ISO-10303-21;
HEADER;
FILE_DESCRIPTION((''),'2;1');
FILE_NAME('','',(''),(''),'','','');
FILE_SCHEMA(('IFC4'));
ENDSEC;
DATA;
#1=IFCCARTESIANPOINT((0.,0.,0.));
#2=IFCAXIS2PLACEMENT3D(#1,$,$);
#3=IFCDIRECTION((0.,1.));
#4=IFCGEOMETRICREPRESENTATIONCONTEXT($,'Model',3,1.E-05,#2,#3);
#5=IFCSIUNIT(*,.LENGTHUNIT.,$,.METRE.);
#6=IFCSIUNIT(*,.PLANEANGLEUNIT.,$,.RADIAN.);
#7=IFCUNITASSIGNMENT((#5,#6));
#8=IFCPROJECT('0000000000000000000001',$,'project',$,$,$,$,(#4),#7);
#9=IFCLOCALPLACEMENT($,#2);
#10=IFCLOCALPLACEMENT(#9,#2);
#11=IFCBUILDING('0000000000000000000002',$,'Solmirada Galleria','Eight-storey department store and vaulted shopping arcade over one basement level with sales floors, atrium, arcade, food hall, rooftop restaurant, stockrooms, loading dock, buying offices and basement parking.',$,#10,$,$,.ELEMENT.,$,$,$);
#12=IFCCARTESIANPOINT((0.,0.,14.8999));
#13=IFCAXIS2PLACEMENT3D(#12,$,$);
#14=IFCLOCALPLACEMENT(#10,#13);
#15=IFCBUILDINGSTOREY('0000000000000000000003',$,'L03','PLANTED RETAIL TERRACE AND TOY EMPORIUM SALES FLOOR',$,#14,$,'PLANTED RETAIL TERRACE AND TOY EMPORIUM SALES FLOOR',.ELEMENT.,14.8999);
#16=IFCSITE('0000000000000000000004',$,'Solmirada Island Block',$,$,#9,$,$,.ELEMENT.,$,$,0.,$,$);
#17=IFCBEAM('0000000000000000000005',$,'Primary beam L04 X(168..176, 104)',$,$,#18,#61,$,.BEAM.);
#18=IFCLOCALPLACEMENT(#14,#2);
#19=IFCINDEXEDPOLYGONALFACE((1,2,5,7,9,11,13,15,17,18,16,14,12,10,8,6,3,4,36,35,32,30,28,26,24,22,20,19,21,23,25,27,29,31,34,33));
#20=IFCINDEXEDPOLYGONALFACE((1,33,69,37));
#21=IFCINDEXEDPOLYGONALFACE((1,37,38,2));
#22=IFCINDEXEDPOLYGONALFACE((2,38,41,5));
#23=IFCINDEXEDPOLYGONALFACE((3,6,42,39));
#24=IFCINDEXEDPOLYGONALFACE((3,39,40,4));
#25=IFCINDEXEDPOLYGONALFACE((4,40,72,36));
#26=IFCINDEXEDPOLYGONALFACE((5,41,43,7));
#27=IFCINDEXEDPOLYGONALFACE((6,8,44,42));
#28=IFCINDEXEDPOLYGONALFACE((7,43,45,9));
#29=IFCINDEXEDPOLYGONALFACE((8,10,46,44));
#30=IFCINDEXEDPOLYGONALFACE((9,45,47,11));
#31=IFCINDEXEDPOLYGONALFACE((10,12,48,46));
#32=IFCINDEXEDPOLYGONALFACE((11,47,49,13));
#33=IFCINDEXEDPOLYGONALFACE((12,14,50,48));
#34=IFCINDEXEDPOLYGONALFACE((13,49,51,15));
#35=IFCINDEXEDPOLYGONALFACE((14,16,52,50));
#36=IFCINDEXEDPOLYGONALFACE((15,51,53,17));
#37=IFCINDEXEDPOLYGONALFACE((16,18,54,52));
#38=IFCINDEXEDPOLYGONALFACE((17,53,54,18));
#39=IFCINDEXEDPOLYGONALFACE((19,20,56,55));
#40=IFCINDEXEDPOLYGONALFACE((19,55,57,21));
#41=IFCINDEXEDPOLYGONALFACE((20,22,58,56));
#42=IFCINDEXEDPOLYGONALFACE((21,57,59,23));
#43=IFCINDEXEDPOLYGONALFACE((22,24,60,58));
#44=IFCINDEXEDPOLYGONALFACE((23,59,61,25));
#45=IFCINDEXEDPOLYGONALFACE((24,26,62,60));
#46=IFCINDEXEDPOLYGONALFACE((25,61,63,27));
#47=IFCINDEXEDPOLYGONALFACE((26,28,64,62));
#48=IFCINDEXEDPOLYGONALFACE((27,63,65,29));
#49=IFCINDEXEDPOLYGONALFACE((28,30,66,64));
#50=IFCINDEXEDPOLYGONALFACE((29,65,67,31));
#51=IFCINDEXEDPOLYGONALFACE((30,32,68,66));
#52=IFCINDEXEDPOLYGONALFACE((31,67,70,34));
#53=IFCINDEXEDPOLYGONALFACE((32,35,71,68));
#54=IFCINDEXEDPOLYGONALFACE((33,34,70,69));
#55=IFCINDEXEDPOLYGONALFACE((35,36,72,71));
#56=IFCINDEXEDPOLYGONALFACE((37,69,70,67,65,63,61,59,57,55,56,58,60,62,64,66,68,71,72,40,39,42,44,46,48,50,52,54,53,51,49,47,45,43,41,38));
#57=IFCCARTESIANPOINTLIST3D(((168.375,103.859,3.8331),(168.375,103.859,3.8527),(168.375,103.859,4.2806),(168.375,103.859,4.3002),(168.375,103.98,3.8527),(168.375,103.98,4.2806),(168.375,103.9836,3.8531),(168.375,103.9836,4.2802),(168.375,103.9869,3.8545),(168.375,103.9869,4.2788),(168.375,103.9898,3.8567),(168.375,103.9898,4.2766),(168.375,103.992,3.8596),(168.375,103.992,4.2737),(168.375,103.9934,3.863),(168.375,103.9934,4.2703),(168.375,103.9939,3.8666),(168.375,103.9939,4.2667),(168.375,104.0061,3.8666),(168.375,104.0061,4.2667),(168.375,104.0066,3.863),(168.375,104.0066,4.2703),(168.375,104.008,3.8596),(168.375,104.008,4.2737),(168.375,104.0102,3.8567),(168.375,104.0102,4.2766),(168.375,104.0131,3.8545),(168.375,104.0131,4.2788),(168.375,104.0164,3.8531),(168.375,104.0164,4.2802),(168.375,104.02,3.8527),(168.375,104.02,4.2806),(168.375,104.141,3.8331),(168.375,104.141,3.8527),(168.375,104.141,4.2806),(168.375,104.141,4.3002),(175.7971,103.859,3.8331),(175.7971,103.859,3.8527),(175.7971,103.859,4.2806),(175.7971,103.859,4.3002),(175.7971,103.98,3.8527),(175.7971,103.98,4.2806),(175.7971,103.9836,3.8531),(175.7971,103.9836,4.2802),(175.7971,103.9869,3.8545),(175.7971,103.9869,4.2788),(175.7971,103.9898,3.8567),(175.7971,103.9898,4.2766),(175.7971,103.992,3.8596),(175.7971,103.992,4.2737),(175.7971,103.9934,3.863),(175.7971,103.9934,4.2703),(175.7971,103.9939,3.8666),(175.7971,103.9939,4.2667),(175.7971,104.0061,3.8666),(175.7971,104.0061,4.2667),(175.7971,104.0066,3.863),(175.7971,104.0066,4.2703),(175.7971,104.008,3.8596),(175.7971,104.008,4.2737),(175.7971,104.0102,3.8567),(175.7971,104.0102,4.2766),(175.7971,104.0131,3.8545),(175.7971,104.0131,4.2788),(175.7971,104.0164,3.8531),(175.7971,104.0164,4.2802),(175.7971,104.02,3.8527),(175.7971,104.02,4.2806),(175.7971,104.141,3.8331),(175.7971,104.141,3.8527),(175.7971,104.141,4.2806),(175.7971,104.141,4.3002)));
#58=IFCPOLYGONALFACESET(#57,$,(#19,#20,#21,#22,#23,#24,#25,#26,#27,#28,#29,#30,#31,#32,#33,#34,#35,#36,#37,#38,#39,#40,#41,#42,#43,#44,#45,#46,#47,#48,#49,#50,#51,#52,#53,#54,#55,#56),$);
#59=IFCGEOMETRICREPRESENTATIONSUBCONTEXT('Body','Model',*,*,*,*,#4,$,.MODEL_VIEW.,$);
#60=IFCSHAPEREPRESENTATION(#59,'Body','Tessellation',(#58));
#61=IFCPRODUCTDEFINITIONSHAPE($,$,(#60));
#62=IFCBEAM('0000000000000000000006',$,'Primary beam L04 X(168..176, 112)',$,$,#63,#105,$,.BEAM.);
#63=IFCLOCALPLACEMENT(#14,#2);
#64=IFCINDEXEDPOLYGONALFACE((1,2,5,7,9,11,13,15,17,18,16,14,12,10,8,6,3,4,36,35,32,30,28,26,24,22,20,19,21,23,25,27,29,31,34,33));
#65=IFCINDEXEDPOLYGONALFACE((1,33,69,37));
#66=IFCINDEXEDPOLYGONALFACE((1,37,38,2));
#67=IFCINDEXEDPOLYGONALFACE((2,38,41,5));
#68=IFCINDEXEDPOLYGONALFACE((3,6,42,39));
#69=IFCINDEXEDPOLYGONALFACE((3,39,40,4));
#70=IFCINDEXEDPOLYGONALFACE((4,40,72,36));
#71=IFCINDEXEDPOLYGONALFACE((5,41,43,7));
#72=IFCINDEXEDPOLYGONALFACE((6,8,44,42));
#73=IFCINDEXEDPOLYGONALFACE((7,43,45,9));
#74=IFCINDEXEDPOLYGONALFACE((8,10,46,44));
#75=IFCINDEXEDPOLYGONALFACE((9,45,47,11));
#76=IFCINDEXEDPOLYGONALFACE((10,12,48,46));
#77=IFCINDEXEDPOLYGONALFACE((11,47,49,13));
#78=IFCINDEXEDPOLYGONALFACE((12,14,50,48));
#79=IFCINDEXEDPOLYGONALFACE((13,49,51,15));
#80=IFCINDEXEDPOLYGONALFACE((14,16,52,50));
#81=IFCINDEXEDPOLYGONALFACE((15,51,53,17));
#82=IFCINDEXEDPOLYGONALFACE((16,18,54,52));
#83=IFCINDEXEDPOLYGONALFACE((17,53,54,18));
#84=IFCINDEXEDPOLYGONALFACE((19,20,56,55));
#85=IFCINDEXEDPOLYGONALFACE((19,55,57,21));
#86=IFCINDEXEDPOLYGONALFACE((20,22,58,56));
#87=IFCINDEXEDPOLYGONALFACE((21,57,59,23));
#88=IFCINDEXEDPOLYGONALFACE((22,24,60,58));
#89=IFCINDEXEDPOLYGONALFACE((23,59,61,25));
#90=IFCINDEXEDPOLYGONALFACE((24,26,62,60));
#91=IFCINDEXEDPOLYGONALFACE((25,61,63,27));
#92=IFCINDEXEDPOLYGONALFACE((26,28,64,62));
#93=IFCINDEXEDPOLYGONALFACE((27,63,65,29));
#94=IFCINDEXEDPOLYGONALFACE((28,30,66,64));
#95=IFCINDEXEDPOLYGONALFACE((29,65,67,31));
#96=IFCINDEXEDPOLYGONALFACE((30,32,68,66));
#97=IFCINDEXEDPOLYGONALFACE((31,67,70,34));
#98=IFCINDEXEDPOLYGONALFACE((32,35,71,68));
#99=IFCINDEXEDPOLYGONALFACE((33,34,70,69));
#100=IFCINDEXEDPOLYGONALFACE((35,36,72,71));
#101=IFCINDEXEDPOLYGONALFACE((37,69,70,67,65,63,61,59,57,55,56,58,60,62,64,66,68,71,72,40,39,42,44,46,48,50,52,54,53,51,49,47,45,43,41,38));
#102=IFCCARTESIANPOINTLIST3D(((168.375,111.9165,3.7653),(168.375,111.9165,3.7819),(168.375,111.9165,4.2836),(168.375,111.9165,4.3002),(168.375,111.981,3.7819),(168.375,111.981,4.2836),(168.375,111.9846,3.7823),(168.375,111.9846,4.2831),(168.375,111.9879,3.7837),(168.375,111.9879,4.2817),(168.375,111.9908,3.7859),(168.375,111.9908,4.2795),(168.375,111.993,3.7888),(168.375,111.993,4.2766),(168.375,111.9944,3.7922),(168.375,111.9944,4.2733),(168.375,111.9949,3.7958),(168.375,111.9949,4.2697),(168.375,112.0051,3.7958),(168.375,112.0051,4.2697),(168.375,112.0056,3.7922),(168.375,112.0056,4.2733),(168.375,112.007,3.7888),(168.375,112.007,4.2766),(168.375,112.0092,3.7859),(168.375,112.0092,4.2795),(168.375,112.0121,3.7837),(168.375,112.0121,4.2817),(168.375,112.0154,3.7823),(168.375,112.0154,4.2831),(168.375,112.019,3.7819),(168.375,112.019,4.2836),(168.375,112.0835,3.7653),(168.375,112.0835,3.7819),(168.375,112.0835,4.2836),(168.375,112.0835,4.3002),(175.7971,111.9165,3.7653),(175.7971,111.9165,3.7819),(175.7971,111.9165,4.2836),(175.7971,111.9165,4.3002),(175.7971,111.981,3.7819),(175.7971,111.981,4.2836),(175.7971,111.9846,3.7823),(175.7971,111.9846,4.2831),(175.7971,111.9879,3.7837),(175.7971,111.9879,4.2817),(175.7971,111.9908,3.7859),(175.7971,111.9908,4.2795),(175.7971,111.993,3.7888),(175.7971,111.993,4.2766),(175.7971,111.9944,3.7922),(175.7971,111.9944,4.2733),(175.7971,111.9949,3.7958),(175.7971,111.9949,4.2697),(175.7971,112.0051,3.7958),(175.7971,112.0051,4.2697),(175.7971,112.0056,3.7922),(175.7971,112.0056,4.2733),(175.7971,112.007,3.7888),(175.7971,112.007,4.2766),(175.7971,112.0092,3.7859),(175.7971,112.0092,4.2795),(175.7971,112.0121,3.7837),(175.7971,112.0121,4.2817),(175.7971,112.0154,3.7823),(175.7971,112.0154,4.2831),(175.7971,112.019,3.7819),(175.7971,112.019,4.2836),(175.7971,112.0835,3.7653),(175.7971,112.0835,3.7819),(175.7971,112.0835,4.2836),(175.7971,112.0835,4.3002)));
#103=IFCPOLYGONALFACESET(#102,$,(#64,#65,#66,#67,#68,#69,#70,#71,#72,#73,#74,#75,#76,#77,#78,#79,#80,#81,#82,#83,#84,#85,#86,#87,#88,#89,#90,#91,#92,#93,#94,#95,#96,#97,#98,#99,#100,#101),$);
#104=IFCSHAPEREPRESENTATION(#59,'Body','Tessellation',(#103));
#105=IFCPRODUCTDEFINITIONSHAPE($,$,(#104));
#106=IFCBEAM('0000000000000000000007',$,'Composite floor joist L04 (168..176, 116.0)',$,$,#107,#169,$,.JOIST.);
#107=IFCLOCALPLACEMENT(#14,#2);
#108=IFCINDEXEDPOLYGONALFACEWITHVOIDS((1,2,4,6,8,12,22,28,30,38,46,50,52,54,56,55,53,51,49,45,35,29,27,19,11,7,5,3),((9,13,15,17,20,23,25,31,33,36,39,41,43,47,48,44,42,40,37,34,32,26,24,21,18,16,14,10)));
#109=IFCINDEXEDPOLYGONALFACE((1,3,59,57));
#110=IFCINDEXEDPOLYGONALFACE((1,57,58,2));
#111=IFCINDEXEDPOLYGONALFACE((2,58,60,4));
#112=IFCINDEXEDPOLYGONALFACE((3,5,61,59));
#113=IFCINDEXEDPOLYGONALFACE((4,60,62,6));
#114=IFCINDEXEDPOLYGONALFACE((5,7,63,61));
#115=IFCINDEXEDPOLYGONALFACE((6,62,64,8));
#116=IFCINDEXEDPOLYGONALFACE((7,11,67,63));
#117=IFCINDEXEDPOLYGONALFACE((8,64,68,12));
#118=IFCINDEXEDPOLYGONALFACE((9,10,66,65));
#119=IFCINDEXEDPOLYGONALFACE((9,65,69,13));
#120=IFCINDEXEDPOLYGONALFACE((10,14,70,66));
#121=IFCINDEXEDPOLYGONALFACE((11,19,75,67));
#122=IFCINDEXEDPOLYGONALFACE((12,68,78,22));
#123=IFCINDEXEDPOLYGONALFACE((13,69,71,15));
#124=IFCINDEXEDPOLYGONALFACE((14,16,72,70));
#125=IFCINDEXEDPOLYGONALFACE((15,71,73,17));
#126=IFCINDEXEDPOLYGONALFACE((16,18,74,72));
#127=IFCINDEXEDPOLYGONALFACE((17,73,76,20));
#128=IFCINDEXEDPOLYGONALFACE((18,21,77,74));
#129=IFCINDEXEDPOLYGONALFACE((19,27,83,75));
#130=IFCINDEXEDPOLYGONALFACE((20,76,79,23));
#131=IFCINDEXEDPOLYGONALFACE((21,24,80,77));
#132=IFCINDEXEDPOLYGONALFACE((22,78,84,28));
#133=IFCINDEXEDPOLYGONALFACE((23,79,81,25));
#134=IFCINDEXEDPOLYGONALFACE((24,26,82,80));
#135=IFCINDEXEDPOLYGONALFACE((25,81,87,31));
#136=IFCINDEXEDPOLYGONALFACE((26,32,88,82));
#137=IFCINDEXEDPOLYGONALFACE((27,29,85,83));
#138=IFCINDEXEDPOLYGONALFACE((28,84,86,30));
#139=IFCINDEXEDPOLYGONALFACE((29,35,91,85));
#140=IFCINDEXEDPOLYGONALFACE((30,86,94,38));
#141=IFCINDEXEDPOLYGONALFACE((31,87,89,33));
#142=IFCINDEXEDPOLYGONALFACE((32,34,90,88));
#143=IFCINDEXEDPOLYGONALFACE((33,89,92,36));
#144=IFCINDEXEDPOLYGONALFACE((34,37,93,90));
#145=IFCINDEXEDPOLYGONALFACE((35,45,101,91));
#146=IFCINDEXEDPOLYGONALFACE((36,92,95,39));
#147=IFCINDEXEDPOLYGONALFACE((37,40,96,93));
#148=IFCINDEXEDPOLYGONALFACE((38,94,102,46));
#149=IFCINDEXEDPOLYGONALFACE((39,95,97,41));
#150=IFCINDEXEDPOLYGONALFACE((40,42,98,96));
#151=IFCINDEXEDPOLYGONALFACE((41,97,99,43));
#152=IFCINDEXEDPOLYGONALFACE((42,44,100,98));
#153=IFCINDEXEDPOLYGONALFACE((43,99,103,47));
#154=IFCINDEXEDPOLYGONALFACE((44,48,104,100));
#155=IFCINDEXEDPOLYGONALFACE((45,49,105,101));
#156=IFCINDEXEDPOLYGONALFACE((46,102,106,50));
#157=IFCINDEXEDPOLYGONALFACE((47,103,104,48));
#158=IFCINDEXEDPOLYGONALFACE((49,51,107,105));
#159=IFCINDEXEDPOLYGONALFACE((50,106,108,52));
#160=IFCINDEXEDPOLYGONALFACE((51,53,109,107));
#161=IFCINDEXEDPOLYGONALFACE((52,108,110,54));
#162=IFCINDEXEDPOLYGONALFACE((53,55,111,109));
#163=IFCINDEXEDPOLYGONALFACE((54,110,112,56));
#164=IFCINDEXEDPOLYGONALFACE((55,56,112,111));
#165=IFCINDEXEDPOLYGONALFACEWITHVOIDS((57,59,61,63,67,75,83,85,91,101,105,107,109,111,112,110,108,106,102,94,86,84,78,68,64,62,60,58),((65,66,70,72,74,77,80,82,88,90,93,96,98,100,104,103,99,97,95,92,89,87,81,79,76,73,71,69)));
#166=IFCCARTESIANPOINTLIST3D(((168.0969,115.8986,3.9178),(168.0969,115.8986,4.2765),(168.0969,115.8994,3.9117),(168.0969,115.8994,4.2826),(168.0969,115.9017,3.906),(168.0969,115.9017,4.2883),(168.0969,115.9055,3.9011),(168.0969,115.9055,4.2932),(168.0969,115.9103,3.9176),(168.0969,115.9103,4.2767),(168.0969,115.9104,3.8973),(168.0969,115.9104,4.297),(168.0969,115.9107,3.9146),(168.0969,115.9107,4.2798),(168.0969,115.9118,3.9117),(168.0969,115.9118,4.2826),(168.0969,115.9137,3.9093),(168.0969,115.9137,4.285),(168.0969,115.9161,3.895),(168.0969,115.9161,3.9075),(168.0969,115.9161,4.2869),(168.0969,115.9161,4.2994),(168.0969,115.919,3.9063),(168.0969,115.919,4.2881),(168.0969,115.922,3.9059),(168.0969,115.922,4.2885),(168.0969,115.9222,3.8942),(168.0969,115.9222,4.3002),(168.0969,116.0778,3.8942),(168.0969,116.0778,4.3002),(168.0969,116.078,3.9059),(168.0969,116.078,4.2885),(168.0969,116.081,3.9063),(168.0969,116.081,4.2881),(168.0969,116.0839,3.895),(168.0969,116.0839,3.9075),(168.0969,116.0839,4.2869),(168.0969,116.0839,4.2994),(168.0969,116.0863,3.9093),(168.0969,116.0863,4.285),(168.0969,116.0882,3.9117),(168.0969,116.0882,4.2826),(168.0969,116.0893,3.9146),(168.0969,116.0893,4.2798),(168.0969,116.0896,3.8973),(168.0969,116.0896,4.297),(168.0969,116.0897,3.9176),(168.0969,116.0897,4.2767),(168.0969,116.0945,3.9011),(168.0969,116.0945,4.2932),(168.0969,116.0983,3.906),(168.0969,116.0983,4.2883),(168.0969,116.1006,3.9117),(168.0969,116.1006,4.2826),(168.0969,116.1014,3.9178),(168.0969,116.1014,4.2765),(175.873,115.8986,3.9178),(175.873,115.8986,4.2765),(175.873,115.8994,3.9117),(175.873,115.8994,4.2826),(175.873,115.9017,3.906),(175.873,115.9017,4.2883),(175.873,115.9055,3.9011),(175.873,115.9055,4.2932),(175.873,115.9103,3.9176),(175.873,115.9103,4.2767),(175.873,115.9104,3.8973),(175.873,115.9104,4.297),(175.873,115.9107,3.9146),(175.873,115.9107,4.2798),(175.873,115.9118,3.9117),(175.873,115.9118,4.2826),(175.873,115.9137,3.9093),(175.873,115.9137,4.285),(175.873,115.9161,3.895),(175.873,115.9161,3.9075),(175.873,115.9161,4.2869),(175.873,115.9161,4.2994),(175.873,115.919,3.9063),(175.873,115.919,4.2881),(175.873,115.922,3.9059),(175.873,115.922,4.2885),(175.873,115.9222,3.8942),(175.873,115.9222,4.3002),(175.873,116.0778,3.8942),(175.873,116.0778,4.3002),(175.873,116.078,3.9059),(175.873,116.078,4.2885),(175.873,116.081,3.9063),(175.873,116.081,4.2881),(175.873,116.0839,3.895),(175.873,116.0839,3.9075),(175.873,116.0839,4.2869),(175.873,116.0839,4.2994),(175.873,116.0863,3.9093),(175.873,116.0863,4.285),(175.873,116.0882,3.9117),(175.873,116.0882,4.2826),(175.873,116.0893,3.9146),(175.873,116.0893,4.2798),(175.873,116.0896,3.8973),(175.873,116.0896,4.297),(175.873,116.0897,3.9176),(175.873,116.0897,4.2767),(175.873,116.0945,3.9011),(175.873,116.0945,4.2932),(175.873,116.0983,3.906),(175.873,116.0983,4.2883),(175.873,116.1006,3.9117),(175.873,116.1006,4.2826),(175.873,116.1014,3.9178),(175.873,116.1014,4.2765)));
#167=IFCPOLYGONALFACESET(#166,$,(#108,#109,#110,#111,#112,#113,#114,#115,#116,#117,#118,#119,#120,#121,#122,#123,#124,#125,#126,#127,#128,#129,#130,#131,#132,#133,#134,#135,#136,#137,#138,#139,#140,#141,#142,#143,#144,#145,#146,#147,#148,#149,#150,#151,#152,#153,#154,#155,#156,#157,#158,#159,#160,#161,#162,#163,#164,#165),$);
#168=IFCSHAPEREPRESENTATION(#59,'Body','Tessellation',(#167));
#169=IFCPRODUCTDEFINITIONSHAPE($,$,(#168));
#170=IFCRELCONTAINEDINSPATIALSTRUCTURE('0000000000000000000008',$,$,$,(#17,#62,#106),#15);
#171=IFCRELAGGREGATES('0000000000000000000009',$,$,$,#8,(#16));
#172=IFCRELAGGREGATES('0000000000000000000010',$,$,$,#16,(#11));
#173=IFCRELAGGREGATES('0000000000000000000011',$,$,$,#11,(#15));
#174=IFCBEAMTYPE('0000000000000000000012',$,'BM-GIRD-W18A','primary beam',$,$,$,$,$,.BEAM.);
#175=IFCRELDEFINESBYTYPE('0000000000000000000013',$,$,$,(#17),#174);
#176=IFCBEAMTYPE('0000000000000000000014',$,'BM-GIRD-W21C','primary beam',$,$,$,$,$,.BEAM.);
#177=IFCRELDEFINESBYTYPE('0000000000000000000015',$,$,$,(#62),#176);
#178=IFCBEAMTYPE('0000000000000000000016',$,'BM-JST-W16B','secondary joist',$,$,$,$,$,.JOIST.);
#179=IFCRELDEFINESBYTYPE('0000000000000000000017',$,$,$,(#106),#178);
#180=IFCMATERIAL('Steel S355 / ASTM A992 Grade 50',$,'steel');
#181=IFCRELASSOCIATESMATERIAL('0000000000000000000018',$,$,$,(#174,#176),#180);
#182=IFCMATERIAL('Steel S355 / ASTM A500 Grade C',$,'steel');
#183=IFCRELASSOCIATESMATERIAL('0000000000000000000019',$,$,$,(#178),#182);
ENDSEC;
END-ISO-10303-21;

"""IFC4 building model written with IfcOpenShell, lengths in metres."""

from ifc_helpers import new_model, si_unit, direction, frame, origin, origin_2d, place, context, subcontext, project, spatial, hollow_rectangle, i_section, extrude, material, material_profile, profile_set, type_object, element, save


model = new_model("IFC4")

# Units and contexts
model_context = context("Model", 3, precision=1e-05, world=origin(), true_north=direction((0.0, 1.0)))
body_context = subcontext(model_context, "Body", "Model", "MODEL_VIEW")
ifc_project = project(units=[si_unit("LENGTHUNIT", "METRE"), si_unit("PLANEANGLEUNIT", "RADIAN")], contexts=[model_context])

# Site, building, storey
site_placement = place(None, origin())
site = spatial("IfcSite", under=ifc_project, at=site_placement, Name="Solmirada Island Block", CompositionType="ELEMENT", RefElevation=0.0)
building_placement = place(site_placement, origin())
building = spatial("IfcBuilding", under=site, at=building_placement, Name="Solmirada Galleria", Description="Eight-storey department store and vaulted shopping arcade over one basement level with sales floors, atrium, arcade, food hall, rooftop restaurant, stockrooms, loading dock, buying offices and basement parking.", CompositionType="ELEMENT")
storey_placement = place(building_placement, frame((0.0, 0.0, 14.8999)))
storey = spatial("IfcBuildingStorey", under=building, at=storey_placement, Name="L03", Description="PLANTED RETAIL TERRACE AND TOY EMPORIUM SALES FLOOR", LongName="PLANTED RETAIL TERRACE AND TOY EMPORIUM SALES FLOOR", CompositionType="ELEMENT", Elevation=14.8999)

# Shared definitions
ifc_material_1 = material(Name="Steel S355 / ASTM A500 Grade C", Category="steel")

# Beams
ifc_material_2 = material(Name="Steel S355 / ASTM A992 Grade 50", Category="steel")
ifc_material_profile_1 = material_profile(ifc_material_2, i_section(OverallWidth=0.282, OverallDepth=0.467, WebThickness=0.0122, FlangeThickness=0.0195, FilletRadius=0.0139, at=origin_2d()), Name="W18X86")
ifc_profile_set_1 = profile_set([ifc_material_profile_1], Name="Steel S355 / ASTM A992 Grade 50")
beam_type_1 = type_object("IfcBeamType", Name="BM-GIRD-W18A", Description="primary beam", PredefinedType="BEAM", material=ifc_profile_set_1)
beam_1_placement = place(storey_placement, frame((168.375, 104.0, 4.0667), z_axis=(1.0, 0.0, 0.0), x_axis=(0.0, 1.0, 0.0)))
element("IfcBeam", 1, at=beam_1_placement, inside=storey, type_object=beam_type_1, Name="Primary beam L04 X(168..176, 104)", PredefinedType="BEAM", context=body_context, shape_type="SweptSolid", body=[
    extrude(i_section(OverallWidth=0.282, OverallDepth=0.467, WebThickness=0.0122, FlangeThickness=0.0195, FilletRadius=0.0139, at=origin_2d()), origin(), (0.0, 0.0, 1.0), 7.4221),
])
ifc_material_profile_2 = material_profile(ifc_material_2, i_section(OverallWidth=0.167, OverallDepth=0.5349, WebThickness=0.0103, FlangeThickness=0.0166, FilletRadius=0.0139, at=origin_2d()), Name="W21X57")
ifc_profile_set_2 = profile_set([ifc_material_profile_2], Name="Steel S355 / ASTM A992 Grade 50")
beam_type_2 = type_object("IfcBeamType", Name="BM-GIRD-W21C", Description="primary beam", PredefinedType="BEAM", material=ifc_profile_set_2)
beam_2_placement = place(storey_placement, frame((168.375, 112.0, 4.0327), z_axis=(1.0, 0.0, 0.0), x_axis=(0.0, 1.0, 0.0)))
element("IfcBeam", 2, at=beam_2_placement, inside=storey, type_object=beam_type_2, Name="Primary beam L04 X(168..176, 112)", PredefinedType="BEAM", context=body_context, shape_type="SweptSolid", body=[
    extrude(i_section(OverallWidth=0.167, OverallDepth=0.5349, WebThickness=0.0103, FlangeThickness=0.0166, FilletRadius=0.0139, at=origin_2d()), origin(), (0.0, 0.0, 1.0), 7.4221),
])
ifc_material_profile_3 = material_profile(ifc_material_1, hollow_rectangle(XDim=0.2029, YDim=0.406, WallThickness=0.0117, InnerFilletRadius=0.0117, OuterFilletRadius=0.0237, at=origin_2d()), Name="HSS16X8X1/2")
ifc_profile_set_3 = profile_set([ifc_material_profile_3], Name="Steel S355 / ASTM A500 Grade C")
beam_type_3 = type_object("IfcBeamType", Name="BM-JST-W16B", Description="secondary joist", PredefinedType="JOIST", material=ifc_profile_set_3)
beam_3_placement = place(storey_placement, frame((168.0969, 116.0, 4.0972), z_axis=(1.0, 0.0, 0.0), x_axis=(0.0, 1.0, 0.0)))
element("IfcBeam", 3, at=beam_3_placement, inside=storey, type_object=beam_type_3, Name="Composite floor joist L04 (168..176, 116.0)", PredefinedType="JOIST", context=body_context, shape_type="SweptSolid", body=[
    extrude(hollow_rectangle(XDim=0.2029, YDim=0.406, WallThickness=0.0117, InnerFilletRadius=0.0117, OuterFilletRadius=0.0237, at=origin_2d()), origin(), (0.0, 0.0, 1.0), 7.7761),
])

save(model, "model.ifc")
